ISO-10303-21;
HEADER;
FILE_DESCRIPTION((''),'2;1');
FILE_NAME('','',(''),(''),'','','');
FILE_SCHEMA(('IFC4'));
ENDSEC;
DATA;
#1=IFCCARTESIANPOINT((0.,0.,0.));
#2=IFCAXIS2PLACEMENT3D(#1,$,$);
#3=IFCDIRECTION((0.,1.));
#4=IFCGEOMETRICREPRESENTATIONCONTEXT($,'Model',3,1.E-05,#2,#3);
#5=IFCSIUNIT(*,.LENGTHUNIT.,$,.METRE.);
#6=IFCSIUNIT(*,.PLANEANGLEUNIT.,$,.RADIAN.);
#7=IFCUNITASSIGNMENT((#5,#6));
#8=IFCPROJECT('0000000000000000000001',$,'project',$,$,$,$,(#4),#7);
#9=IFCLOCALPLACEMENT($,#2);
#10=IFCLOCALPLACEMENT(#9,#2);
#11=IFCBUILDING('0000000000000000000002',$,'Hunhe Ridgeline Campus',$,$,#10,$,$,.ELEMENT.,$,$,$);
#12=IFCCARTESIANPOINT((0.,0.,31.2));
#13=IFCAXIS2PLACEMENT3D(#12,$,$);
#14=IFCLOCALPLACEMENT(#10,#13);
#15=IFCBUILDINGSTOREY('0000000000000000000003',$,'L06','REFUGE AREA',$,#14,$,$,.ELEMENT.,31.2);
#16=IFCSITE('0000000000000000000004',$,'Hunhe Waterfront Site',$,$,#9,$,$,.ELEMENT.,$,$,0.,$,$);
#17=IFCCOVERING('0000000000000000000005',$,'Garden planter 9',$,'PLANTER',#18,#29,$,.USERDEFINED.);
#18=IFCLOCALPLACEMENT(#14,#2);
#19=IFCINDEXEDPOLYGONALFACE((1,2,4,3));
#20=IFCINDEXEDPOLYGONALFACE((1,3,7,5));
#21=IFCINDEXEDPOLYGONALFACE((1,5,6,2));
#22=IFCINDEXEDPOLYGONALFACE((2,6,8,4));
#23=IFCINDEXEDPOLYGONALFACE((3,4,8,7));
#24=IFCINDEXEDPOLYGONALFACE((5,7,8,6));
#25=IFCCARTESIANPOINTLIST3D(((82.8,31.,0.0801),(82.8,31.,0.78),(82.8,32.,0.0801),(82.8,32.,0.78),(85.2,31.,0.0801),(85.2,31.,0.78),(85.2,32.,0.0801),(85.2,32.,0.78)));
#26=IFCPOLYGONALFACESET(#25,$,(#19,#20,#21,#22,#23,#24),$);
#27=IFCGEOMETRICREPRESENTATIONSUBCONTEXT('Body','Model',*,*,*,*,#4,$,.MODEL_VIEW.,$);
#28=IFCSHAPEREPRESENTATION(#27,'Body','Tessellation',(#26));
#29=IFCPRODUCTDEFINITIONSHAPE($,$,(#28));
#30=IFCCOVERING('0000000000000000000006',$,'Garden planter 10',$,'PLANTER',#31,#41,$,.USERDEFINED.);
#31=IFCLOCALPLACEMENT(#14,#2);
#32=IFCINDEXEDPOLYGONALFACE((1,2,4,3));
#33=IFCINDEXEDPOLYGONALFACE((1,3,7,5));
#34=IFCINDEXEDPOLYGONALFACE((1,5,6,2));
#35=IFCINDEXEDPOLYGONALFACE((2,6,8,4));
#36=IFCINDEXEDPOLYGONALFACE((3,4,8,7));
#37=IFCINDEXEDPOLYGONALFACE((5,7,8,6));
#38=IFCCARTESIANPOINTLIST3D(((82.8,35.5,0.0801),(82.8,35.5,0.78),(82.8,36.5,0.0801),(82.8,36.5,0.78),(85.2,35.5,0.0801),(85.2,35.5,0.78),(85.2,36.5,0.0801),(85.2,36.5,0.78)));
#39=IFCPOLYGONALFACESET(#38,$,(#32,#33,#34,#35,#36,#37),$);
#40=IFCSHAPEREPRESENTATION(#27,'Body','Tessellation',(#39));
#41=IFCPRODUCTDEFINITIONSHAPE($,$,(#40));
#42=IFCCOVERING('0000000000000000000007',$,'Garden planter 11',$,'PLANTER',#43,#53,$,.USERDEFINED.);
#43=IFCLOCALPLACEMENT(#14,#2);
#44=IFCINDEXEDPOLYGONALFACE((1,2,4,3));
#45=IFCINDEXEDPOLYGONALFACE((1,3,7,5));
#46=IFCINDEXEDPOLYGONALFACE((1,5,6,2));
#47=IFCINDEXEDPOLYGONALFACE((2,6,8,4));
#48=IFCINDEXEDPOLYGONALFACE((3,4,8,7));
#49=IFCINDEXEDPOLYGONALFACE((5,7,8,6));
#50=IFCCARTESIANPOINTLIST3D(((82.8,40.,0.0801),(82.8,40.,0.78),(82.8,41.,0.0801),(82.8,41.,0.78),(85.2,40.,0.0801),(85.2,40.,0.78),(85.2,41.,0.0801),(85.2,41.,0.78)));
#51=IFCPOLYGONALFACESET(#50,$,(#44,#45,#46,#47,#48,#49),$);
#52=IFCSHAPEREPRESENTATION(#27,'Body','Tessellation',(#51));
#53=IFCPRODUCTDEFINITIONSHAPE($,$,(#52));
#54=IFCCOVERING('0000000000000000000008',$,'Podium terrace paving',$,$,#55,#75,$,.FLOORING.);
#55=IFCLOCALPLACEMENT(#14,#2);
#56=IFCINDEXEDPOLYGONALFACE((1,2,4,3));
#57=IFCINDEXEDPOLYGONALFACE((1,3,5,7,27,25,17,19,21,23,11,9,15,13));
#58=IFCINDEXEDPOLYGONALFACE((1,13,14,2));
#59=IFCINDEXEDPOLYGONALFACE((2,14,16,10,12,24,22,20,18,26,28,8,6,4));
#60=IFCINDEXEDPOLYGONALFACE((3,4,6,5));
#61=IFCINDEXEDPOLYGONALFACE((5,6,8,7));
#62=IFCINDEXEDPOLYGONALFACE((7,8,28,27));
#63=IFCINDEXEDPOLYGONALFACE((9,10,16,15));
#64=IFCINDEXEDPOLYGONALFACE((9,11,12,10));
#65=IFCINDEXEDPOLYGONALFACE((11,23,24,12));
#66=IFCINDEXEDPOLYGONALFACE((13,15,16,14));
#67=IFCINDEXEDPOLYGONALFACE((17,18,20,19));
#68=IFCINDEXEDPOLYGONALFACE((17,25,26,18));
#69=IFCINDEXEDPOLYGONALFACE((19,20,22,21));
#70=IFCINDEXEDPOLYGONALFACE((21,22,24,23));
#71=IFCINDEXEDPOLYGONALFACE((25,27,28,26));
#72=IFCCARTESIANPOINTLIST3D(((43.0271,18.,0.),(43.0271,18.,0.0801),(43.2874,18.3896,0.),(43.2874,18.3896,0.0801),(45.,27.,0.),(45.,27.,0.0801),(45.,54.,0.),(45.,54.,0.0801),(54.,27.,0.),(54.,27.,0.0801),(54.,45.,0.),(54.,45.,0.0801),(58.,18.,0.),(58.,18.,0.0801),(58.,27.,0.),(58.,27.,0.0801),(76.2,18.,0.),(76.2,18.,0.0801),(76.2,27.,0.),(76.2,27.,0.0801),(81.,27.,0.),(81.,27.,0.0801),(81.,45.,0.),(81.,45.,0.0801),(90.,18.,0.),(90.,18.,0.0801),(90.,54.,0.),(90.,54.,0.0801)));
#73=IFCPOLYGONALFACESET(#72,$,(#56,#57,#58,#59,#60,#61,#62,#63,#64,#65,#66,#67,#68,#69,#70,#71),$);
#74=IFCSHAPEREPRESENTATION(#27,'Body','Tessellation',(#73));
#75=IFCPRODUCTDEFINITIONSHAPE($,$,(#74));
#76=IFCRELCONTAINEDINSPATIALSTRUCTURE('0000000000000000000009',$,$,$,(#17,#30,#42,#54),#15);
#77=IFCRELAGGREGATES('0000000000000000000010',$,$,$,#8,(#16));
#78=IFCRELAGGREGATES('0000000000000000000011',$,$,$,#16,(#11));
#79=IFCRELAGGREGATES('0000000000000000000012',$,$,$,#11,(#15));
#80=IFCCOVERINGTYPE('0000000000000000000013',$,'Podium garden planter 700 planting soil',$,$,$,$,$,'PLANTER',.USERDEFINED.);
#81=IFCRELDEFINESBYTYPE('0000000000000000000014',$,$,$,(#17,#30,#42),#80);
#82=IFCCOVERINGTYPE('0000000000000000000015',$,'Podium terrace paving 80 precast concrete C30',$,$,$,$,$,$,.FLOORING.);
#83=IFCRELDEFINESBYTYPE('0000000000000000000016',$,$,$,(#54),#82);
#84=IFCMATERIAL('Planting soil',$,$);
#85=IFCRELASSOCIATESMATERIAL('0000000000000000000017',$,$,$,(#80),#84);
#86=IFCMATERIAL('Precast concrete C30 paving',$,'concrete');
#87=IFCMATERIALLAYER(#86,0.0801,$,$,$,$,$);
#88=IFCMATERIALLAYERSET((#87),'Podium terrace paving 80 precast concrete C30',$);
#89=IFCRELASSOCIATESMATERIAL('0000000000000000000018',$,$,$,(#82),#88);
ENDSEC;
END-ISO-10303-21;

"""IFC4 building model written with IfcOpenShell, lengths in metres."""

from ifc_helpers import new_model, si_unit, direction, frame, origin, place, context, subcontext, project, spatial, polyline, outline, extrude, material, layer, layer_set, type_object, element, save


model = new_model("IFC4")

# Units and contexts
model_context = context("Model", 3, precision=1e-05, world=origin(), true_north=direction((0.0, 1.0)))
body_context = subcontext(model_context, "Body", "Model", "MODEL_VIEW")
ifc_project = project(units=[si_unit("LENGTHUNIT", "METRE"), si_unit("PLANEANGLEUNIT", "RADIAN")], contexts=[model_context])

# Site, building, storey
site_placement = place(None, origin())
site = spatial("IfcSite", under=ifc_project, at=site_placement, Name="Hunhe Waterfront Site", CompositionType="ELEMENT", RefElevation=0.0)
building_placement = place(site_placement, origin())
building = spatial("IfcBuilding", under=site, at=building_placement, Name="Hunhe Ridgeline Campus", CompositionType="ELEMENT")
storey_placement = place(building_placement, frame((0.0, 0.0, 31.2)))
storey = spatial("IfcBuildingStorey", under=building, at=storey_placement, Name="L06", Description="REFUGE AREA", CompositionType="ELEMENT", Elevation=31.2)

# Coverings
ifc_material_1 = material(Name="Planting soil")
covering_type_1 = type_object("IfcCoveringType", Name="Podium garden planter 700 planting soil", ElementType="PLANTER", PredefinedType="USERDEFINED", material=ifc_material_1)
covering_1_placement = place(storey_placement, frame((0.0, 0.0, 0.0801)))
element("IfcCovering", 1, at=covering_1_placement, inside=storey, type_object=covering_type_1, Name="Garden planter 9", ObjectType="PLANTER", PredefinedType="USERDEFINED", context=body_context, shape_type="SweptSolid", body=[
    extrude(outline(polyline([(82.8, 31.0), (85.2, 31.0), (85.2, 32.0), (82.8, 32.0), (82.8, 31.0)])), origin(), (0.0, 0.0, 1.0), 0.7),
])
covering_2_placement = place(storey_placement, frame((0.0, 0.0, 0.0801)))
element("IfcCovering", 2, at=covering_2_placement, inside=storey, type_object=covering_type_1, Name="Garden planter 10", ObjectType="PLANTER", PredefinedType="USERDEFINED", context=body_context, shape_type="SweptSolid", body=[
    extrude(outline(polyline([(82.8, 35.5), (85.2, 35.5), (85.2, 36.5), (82.8, 36.5), (82.8, 35.5)])), origin(), (0.0, 0.0, 1.0), 0.7),
])
covering_3_placement = place(storey_placement, frame((0.0, 0.0, 0.0801)))
element("IfcCovering", 3, at=covering_3_placement, inside=storey, type_object=covering_type_1, Name="Garden planter 11", ObjectType="PLANTER", PredefinedType="USERDEFINED", context=body_context, shape_type="SweptSolid", body=[
    extrude(outline(polyline([(82.8, 40.0), (85.2, 40.0), (85.2, 41.0), (82.8, 41.0), (82.8, 40.0)])), origin(), (0.0, 0.0, 1.0), 0.7),
])
ifc_material_2 = material(Name="Precast concrete C30 paving", Category="concrete")
ifc_layer_1 = layer(ifc_material_2, 0.0801)
ifc_layer_set_1 = layer_set([ifc_layer_1], Name="Podium terrace paving 80 precast concrete C30")
covering_type_2 = type_object("IfcCoveringType", Name="Podium terrace paving 80 precast concrete C30", PredefinedType="FLOORING", material=ifc_layer_set_1)
covering_4_placement = place(storey_placement, origin())
element("IfcCovering", 4, at=covering_4_placement, inside=storey, type_object=covering_type_2, Name="Podium terrace paving", PredefinedType="FLOORING", context=body_context, shape_type="SweptSolid", body=[
    extrude(outline(polyline([(43.2874, 18.3896), (43.0271, 18.0), (58.0, 18.0), (58.0, 27.0), (54.0, 27.0), (54.0, 45.0), (81.0, 45.0), (81.0, 27.0), (76.2, 27.0), (76.2, 18.0), (90.0, 18.0), (90.0, 54.0), (45.0, 54.0), (45.0, 27.0), (43.2874, 18.3896)])), origin(), (0.0, 0.0, 1.0), 0.0801),
])

save(model, "model.ifc")
